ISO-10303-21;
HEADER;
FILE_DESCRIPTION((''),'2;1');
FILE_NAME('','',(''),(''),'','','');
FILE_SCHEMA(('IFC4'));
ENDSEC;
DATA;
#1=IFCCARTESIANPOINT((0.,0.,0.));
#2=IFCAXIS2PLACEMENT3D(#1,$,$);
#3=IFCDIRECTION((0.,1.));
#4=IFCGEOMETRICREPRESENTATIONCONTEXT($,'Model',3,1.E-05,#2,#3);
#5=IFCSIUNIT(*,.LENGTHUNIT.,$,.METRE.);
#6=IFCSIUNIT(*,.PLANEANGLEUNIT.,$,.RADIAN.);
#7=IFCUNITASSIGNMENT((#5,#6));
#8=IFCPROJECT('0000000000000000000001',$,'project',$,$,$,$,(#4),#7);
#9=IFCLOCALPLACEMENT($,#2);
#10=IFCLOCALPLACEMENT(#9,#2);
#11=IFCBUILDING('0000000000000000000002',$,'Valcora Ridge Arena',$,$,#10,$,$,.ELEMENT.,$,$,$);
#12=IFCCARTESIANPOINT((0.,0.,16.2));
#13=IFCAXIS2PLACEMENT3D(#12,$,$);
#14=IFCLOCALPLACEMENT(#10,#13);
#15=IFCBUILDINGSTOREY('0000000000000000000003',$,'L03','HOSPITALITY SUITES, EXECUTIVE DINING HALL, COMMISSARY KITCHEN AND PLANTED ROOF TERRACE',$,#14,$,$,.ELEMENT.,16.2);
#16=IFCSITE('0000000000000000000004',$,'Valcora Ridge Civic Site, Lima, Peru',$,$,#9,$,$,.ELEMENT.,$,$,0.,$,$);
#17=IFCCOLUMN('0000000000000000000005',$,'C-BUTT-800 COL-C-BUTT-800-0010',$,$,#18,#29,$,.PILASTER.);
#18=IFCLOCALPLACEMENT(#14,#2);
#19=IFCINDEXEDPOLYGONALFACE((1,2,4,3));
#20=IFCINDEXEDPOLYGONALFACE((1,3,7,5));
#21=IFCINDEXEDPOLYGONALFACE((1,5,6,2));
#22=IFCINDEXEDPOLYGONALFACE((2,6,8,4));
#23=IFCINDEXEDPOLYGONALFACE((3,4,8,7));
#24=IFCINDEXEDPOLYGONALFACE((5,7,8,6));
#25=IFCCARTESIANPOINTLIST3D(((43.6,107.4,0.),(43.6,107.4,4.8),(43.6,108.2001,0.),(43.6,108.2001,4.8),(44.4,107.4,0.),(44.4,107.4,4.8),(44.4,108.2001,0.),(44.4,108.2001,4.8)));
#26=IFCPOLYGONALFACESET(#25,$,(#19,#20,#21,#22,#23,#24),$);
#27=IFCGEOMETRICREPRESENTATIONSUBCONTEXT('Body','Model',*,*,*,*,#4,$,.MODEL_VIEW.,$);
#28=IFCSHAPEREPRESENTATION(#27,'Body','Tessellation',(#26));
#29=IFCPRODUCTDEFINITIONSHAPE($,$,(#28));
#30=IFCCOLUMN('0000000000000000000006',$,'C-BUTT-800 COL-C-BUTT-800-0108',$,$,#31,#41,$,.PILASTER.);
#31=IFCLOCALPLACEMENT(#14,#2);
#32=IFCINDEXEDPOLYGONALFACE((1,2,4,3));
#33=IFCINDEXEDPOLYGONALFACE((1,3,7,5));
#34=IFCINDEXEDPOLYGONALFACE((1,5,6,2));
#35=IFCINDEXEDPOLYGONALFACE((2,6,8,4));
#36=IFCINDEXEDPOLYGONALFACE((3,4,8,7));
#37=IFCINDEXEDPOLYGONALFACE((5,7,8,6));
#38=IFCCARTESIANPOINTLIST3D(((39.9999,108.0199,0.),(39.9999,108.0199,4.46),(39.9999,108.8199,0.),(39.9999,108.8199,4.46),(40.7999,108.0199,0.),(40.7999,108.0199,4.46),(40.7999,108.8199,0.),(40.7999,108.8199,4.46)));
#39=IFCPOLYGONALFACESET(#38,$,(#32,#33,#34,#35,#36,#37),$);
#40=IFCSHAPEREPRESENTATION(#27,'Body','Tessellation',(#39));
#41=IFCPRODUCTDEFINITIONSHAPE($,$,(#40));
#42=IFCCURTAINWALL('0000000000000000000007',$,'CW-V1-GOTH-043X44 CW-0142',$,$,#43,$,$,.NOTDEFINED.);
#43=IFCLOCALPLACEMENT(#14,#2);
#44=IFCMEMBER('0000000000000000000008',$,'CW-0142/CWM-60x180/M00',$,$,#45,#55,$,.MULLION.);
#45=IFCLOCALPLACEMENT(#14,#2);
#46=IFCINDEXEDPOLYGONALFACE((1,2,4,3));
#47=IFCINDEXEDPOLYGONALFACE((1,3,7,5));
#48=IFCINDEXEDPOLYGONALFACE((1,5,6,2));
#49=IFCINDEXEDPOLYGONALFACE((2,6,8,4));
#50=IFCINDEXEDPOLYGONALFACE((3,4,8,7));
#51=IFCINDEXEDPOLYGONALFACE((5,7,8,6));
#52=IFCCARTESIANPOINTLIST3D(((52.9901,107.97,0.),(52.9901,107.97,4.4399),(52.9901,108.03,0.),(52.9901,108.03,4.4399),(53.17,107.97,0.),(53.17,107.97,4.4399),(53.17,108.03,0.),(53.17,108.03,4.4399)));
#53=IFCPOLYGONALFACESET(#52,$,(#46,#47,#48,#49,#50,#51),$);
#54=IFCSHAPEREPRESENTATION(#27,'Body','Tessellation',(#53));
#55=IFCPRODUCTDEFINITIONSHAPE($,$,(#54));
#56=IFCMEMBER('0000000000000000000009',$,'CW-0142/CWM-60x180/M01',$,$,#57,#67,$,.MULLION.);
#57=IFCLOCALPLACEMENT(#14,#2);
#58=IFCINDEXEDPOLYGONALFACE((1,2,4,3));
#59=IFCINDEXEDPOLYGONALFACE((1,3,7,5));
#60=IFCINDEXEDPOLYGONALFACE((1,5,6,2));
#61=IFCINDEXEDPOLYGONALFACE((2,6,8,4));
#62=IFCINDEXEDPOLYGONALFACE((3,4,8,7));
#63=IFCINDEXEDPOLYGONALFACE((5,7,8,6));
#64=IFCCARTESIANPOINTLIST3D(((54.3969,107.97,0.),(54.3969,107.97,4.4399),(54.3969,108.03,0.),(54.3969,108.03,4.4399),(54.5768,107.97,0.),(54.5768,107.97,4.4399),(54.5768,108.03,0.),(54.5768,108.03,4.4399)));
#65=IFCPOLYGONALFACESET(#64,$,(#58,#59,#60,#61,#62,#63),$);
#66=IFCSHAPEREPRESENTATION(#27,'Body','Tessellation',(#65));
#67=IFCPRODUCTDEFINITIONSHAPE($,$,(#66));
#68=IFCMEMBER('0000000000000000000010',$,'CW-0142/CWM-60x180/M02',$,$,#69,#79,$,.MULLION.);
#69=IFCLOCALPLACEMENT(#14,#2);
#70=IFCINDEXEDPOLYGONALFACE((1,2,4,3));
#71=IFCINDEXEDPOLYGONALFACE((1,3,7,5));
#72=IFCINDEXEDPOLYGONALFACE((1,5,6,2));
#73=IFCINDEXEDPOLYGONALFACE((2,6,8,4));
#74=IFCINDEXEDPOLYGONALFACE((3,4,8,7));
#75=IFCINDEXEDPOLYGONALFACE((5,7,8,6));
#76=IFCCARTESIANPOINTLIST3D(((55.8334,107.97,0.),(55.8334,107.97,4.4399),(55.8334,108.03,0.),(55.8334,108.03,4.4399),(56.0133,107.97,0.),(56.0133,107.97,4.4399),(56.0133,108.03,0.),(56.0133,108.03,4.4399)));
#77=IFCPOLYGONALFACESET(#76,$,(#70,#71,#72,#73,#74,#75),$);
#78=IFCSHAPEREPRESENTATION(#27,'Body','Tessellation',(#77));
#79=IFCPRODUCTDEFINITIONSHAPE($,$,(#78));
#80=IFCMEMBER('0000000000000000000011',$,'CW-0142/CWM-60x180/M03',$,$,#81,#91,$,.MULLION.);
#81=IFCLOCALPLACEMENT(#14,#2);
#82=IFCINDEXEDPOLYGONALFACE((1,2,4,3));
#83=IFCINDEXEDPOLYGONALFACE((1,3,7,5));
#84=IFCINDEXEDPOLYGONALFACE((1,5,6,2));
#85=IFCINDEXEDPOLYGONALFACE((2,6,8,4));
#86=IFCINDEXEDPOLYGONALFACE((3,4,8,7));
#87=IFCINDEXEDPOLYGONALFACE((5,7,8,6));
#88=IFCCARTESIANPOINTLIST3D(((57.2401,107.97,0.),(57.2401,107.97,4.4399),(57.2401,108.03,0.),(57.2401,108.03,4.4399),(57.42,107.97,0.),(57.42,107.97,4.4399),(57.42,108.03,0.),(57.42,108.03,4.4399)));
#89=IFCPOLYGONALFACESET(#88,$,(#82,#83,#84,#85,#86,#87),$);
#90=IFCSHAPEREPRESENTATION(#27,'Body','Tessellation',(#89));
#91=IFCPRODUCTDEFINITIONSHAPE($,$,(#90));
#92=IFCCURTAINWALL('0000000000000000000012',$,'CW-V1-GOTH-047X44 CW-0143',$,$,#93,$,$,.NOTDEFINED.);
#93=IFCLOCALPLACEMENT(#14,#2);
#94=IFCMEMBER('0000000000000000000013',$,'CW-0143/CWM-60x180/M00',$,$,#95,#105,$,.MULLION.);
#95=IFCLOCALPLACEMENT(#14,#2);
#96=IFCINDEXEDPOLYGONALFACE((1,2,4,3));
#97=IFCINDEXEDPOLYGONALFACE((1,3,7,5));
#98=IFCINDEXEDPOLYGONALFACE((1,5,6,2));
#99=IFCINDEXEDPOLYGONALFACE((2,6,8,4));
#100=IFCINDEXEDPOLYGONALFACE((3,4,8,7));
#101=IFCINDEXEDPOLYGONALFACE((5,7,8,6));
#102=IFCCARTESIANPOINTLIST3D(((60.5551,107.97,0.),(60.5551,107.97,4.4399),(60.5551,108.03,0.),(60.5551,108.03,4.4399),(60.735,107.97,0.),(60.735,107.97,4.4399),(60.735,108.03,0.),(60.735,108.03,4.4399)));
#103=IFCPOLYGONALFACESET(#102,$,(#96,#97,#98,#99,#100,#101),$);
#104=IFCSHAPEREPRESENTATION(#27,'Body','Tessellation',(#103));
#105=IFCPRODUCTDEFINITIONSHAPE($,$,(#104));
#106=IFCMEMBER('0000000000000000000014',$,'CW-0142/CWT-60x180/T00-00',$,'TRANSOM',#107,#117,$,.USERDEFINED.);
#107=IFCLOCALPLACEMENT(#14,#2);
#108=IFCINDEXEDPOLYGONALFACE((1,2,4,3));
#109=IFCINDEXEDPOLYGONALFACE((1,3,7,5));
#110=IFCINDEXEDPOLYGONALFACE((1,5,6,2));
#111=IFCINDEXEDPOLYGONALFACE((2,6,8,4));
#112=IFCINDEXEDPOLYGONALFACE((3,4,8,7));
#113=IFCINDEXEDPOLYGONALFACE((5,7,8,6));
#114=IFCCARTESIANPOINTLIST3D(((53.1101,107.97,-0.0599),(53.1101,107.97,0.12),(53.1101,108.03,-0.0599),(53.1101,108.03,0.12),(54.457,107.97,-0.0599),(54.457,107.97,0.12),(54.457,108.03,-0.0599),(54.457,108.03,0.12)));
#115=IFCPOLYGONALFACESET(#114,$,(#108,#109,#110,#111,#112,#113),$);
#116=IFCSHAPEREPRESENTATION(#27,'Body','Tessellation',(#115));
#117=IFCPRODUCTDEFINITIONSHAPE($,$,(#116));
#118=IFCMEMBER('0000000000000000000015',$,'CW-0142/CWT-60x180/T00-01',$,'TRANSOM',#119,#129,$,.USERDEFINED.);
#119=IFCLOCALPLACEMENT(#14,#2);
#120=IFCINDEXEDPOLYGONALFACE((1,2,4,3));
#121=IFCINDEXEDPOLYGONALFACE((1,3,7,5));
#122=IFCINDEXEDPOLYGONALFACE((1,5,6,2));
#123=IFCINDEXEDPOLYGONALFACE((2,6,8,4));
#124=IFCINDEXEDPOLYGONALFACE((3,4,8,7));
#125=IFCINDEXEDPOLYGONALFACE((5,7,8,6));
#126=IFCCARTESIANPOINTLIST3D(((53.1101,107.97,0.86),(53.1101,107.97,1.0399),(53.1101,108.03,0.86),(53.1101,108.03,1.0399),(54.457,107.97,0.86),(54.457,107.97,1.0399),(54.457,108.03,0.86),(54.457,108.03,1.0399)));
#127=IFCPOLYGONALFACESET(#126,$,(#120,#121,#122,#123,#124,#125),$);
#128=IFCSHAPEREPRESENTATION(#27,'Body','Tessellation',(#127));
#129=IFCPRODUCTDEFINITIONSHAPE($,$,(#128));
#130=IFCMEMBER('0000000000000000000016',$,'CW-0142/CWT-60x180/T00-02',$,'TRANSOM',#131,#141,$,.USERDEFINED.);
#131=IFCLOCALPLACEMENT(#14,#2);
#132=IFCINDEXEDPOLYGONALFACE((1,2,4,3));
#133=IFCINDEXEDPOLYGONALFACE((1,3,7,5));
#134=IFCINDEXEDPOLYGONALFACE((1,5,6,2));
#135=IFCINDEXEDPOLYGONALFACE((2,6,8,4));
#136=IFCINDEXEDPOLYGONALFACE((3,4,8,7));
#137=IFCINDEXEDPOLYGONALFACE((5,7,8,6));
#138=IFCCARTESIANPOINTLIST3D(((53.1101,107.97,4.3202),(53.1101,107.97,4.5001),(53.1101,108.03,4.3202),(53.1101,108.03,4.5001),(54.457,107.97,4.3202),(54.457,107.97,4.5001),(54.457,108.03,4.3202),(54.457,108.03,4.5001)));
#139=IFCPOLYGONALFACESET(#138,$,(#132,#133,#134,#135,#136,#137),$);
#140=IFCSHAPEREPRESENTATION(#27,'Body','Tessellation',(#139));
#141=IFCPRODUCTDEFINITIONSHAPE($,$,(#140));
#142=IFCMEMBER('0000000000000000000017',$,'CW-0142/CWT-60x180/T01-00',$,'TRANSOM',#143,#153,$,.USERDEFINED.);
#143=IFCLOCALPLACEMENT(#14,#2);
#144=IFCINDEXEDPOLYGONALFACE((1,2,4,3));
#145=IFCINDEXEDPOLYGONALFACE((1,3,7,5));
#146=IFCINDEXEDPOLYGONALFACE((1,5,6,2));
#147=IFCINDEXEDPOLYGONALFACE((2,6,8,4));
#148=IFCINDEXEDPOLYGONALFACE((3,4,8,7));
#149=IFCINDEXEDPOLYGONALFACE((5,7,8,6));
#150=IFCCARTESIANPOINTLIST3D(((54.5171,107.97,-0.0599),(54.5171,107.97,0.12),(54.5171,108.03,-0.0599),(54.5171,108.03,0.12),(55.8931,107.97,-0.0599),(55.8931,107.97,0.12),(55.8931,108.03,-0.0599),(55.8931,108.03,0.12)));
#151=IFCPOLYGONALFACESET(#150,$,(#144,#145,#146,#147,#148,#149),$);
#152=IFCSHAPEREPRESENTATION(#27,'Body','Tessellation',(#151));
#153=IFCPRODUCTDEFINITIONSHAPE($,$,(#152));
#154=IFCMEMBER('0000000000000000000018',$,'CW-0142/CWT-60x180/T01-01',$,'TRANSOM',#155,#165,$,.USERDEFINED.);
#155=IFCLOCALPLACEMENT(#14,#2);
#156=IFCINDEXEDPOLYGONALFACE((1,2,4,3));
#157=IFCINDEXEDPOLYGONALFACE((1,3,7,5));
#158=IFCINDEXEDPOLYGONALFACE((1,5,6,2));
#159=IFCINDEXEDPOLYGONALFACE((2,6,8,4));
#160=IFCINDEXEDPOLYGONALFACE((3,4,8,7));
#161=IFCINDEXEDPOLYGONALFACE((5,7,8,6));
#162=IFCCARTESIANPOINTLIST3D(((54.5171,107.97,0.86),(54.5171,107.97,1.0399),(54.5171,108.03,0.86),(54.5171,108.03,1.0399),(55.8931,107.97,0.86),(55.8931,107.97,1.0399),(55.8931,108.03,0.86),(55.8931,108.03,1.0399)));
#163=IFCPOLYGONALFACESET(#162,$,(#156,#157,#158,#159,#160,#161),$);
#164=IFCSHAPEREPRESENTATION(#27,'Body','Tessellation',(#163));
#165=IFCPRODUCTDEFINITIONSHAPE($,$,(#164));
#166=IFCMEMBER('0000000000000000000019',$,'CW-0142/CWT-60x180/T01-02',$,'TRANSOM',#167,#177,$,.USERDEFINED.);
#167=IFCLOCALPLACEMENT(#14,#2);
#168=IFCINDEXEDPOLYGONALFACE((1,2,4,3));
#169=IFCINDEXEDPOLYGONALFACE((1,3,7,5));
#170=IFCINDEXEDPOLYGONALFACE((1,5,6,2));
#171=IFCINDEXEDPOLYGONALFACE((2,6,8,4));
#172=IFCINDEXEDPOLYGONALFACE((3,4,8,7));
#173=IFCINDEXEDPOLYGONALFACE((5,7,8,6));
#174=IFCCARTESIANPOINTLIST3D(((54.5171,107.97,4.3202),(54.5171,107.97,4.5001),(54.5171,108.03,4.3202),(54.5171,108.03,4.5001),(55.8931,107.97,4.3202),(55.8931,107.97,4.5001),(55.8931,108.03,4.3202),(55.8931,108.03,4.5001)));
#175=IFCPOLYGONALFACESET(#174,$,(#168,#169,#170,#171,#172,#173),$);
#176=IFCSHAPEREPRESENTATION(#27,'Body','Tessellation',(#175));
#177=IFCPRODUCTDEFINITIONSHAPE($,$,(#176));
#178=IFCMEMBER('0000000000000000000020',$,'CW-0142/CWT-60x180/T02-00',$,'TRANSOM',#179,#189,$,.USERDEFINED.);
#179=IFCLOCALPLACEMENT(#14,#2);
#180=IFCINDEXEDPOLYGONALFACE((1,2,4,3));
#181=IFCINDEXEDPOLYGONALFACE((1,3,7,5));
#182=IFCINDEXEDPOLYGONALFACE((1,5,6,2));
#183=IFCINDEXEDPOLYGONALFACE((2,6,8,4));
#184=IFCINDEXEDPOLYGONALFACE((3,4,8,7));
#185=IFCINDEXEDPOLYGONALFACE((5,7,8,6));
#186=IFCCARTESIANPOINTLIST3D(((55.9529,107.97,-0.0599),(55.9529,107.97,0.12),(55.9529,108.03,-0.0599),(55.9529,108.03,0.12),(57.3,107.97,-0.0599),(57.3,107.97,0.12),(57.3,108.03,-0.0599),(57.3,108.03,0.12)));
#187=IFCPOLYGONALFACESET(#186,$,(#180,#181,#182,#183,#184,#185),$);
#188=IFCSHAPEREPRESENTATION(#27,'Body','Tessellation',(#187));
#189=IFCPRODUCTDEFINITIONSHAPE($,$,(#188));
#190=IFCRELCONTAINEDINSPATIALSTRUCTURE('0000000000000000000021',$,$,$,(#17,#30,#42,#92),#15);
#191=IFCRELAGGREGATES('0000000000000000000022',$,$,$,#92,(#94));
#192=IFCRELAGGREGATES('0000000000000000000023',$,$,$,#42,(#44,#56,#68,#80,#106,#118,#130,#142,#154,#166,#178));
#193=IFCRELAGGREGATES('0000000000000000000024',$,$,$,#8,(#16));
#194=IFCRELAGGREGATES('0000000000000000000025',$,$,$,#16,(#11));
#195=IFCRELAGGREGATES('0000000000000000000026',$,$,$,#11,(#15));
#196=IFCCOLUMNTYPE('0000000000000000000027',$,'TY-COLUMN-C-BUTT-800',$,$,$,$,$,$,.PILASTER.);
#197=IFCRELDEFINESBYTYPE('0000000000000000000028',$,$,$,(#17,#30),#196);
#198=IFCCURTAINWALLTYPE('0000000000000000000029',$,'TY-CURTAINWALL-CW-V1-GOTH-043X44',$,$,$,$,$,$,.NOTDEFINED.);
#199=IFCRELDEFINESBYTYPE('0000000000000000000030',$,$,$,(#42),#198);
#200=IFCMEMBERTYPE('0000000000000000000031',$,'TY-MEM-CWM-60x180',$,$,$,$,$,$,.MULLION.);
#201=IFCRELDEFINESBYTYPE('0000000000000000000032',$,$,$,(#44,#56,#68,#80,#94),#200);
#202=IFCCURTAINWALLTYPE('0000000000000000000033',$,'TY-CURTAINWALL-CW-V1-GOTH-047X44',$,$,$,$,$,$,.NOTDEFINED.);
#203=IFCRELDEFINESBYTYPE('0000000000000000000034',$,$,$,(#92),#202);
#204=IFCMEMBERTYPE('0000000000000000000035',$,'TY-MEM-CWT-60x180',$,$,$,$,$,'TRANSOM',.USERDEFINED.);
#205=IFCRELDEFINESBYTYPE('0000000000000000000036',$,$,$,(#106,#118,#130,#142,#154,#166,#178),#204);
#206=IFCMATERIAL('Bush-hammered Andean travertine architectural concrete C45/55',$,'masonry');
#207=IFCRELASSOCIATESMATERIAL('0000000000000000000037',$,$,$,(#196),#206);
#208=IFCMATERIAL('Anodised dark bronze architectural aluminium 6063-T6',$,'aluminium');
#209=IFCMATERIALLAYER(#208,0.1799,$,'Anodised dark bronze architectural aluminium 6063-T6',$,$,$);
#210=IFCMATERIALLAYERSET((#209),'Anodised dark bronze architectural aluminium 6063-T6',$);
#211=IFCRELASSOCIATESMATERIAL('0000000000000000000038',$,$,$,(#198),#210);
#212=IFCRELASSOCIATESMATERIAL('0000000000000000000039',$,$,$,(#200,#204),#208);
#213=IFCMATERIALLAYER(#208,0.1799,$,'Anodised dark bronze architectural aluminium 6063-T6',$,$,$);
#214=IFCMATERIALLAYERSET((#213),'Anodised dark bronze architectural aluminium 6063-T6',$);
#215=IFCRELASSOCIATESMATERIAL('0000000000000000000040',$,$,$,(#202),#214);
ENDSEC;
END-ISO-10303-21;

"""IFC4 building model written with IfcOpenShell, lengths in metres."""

from ifc_helpers import new_model, si_unit, direction, frame, origin, origin_2d, place, context, subcontext, project, spatial, rectangle, extrude, material, layer, layer_set, material_profile, profile_set, type_object, element, aggregate, save


model = new_model("IFC4")

# Units and contexts
model_context = context("Model", 3, precision=1e-05, world=origin(), true_north=direction((0.0, 1.0)))
body_context = subcontext(model_context, "Body", "Model", "MODEL_VIEW")
ifc_project = project(units=[si_unit("LENGTHUNIT", "METRE"), si_unit("PLANEANGLEUNIT", "RADIAN")], contexts=[model_context])

# Site, building, storey
site_placement = place(None, origin())
site = spatial("IfcSite", under=ifc_project, at=site_placement, Name="Valcora Ridge Civic Site, Lima, Peru", CompositionType="ELEMENT", RefElevation=0.0)
building_placement = place(site_placement, origin())
building = spatial("IfcBuilding", under=site, at=building_placement, Name="Valcora Ridge Arena", CompositionType="ELEMENT")
storey_placement = place(building_placement, frame((0.0, 0.0, 16.2)))
storey = spatial("IfcBuildingStorey", under=building, at=storey_placement, Name="L03", Description="HOSPITALITY SUITES, EXECUTIVE DINING HALL, COMMISSARY KITCHEN AND PLANTED ROOF TERRACE", CompositionType="ELEMENT", Elevation=16.2)

# Columns
ifc_material_1 = material(Name="Bush-hammered Andean travertine architectural concrete C45/55", Category="masonry")
ifc_material_profile_1 = material_profile(ifc_material_1, rectangle(XDim=0.8, YDim=0.8, at=origin_2d()), Name="RC 800x800")
ifc_profile_set_1 = profile_set([ifc_material_profile_1], Name="Bush-hammered Andean travertine architectural concrete C45/55")
column_type = type_object("IfcColumnType", Name="TY-COLUMN-C-BUTT-800", PredefinedType="PILASTER", material=ifc_profile_set_1)
column_1_placement = place(storey_placement, frame((44.0, 107.8, 0.0), z_axis=(0.0, 0.0, 1.0), x_axis=(1.0, 0.0, 0.0)))
element("IfcColumn", 1, at=column_1_placement, inside=storey, type_object=column_type, Name="C-BUTT-800 COL-C-BUTT-800-0010", PredefinedType="PILASTER", context=body_context, shape_type="SweptSolid", body=[
    extrude(rectangle(XDim=0.8, YDim=0.8, at=origin_2d()), origin(), (0.0, 0.0, 1.0), 4.8),
])
column_2_placement = place(storey_placement, frame((40.3999, 108.4199, 0.0), z_axis=(0.0, 0.0, 1.0), x_axis=(1.0, 0.0, 0.0)))
element("IfcColumn", 2, at=column_2_placement, inside=storey, type_object=column_type, Name="C-BUTT-800 COL-C-BUTT-800-0108", PredefinedType="PILASTER", context=body_context, shape_type="SweptSolid", body=[
    extrude(rectangle(XDim=0.8, YDim=0.8, at=origin_2d()), origin(), (0.0, 0.0, 1.0), 4.46),
])

# Curtain wall, members
ifc_material_2 = material(Name="Anodised dark bronze architectural aluminium 6063-T6", Category="aluminium")
ifc_layer_1 = layer(ifc_material_2, 0.1799, Name="Anodised dark bronze architectural aluminium 6063-T6")
ifc_layer_set_1 = layer_set([ifc_layer_1], Name="Anodised dark bronze architectural aluminium 6063-T6")
curtain_wall_type_1 = type_object("IfcCurtainWallType", Name="TY-CURTAINWALL-CW-V1-GOTH-043X44", PredefinedType="NOTDEFINED", material=ifc_layer_set_1)
curtain_wall_1_placement = place(storey_placement, origin())
curtain_wall_1 = element("IfcCurtainWall", 3, at=curtain_wall_1_placement, inside=storey, type_object=curtain_wall_type_1, Name="CW-V1-GOTH-043X44 CW-0142", PredefinedType="NOTDEFINED")
ifc_material_profile_2 = material_profile(ifc_material_2, rectangle(XDim=0.0601, YDim=0.1799, at=origin_2d()), Name="ALU MULLION 60x180")
ifc_profile_set_2 = profile_set([ifc_material_profile_2], Name="Anodised dark bronze architectural aluminium 6063-T6")
member_type_1 = type_object("IfcMemberType", Name="TY-MEM-CWM-60x180", PredefinedType="MULLION", material=ifc_profile_set_2)
member_1_placement = place(storey_placement, frame((53.0801, 108.0, 0.0), z_axis=(0.0, 0.0, 1.0), x_axis=(0.0, 1.0, 0.0)))
member_1 = element("IfcMember", 4, at=member_1_placement, type_object=member_type_1, Name="CW-0142/CWM-60x180/M00", PredefinedType="MULLION", context=body_context, shape_type="SweptSolid", body=[
    extrude(rectangle(XDim=0.0601, YDim=0.1799, at=origin_2d()), origin(), (0.0, 0.0, 1.0), 4.4399),
])
member_2_placement = place(storey_placement, frame((54.4868, 108.0, 0.0), z_axis=(0.0, 0.0, 1.0), x_axis=(0.0, 1.0, 0.0)))
member_2 = element("IfcMember", 5, at=member_2_placement, type_object=member_type_1, Name="CW-0142/CWM-60x180/M01", PredefinedType="MULLION", context=body_context, shape_type="SweptSolid", body=[
    extrude(rectangle(XDim=0.0601, YDim=0.1799, at=origin_2d()), origin(), (0.0, 0.0, 1.0), 4.4399),
])
member_3_placement = place(storey_placement, frame((55.9233, 108.0, 0.0), z_axis=(0.0, 0.0, 1.0), x_axis=(0.0, 1.0, 0.0)))
member_3 = element("IfcMember", 6, at=member_3_placement, type_object=member_type_1, Name="CW-0142/CWM-60x180/M02", PredefinedType="MULLION", context=body_context, shape_type="SweptSolid", body=[
    extrude(rectangle(XDim=0.0601, YDim=0.1799, at=origin_2d()), origin(), (0.0, 0.0, 1.0), 4.4399),
])
member_4_placement = place(storey_placement, frame((57.3301, 108.0, 0.0), z_axis=(0.0, 0.0, 1.0), x_axis=(0.0, 1.0, 0.0)))
member_4 = element("IfcMember", 7, at=member_4_placement, type_object=member_type_1, Name="CW-0142/CWM-60x180/M03", PredefinedType="MULLION", context=body_context, shape_type="SweptSolid", body=[
    extrude(rectangle(XDim=0.0601, YDim=0.1799, at=origin_2d()), origin(), (0.0, 0.0, 1.0), 4.4399),
])

# Curtain wall, member
ifc_layer_2 = layer(ifc_material_2, 0.1799, Name="Anodised dark bronze architectural aluminium 6063-T6")
ifc_layer_set_2 = layer_set([ifc_layer_2], Name="Anodised dark bronze architectural aluminium 6063-T6")
curtain_wall_type_2 = type_object("IfcCurtainWallType", Name="TY-CURTAINWALL-CW-V1-GOTH-047X44", PredefinedType="NOTDEFINED", material=ifc_layer_set_2)
curtain_wall_2_placement = place(storey_placement, origin())
curtain_wall_2 = element("IfcCurtainWall", 8, at=curtain_wall_2_placement, inside=storey, type_object=curtain_wall_type_2, Name="CW-V1-GOTH-047X44 CW-0143", PredefinedType="NOTDEFINED")
member_5_placement = place(storey_placement, frame((60.645, 108.0, 0.0), z_axis=(0.0, 0.0, 1.0), x_axis=(0.0, 1.0, 0.0)))
member_5 = element("IfcMember", 9, at=member_5_placement, type_object=member_type_1, Name="CW-0143/CWM-60x180/M00", PredefinedType="MULLION", context=body_context, shape_type="SweptSolid", body=[
    extrude(rectangle(XDim=0.0601, YDim=0.1799, at=origin_2d()), origin(), (0.0, 0.0, 1.0), 4.4399),
])

# Members
ifc_material_profile_3 = material_profile(ifc_material_2, rectangle(XDim=0.0601, YDim=0.1799, at=origin_2d()), Name="ALU TRANSOM 60x180")
ifc_profile_set_3 = profile_set([ifc_material_profile_3], Name="Anodised dark bronze architectural aluminium 6063-T6")
member_type_2 = type_object("IfcMemberType", Name="TY-MEM-CWT-60x180", ElementType="TRANSOM", PredefinedType="USERDEFINED", material=ifc_profile_set_3)
member_6_placement = place(storey_placement, frame((53.1101, 108.0, 0.03), z_axis=(1.0, 0.0, 0.0), x_axis=(0.0, 1.0, 0.0)))
member_6 = element("IfcMember", 10, at=member_6_placement, type_object=member_type_2, Name="CW-0142/CWT-60x180/T00-00", ObjectType="TRANSOM", PredefinedType="USERDEFINED", context=body_context, shape_type="SweptSolid", body=[
    extrude(rectangle(XDim=0.0601, YDim=0.1799, at=origin_2d()), origin(), (0.0, 0.0, 1.0), 1.3469),
])
member_7_placement = place(storey_placement, frame((53.1101, 108.0, 0.95), z_axis=(1.0, 0.0, 0.0), x_axis=(0.0, 1.0, 0.0)))
member_7 = element("IfcMember", 11, at=member_7_placement, type_object=member_type_2, Name="CW-0142/CWT-60x180/T00-01", ObjectType="TRANSOM", PredefinedType="USERDEFINED", context=body_context, shape_type="SweptSolid", body=[
    extrude(rectangle(XDim=0.0601, YDim=0.1799, at=origin_2d()), origin(), (0.0, 0.0, 1.0), 1.3469),
])
member_8_placement = place(storey_placement, frame((53.1101, 108.0, 4.4102), z_axis=(1.0, 0.0, 0.0), x_axis=(0.0, 1.0, 0.0)))
member_8 = element("IfcMember", 12, at=member_8_placement, type_object=member_type_2, Name="CW-0142/CWT-60x180/T00-02", ObjectType="TRANSOM", PredefinedType="USERDEFINED", context=body_context, shape_type="SweptSolid", body=[
    extrude(rectangle(XDim=0.0601, YDim=0.1799, at=origin_2d()), origin(), (0.0, 0.0, 1.0), 1.3469),
])
member_9_placement = place(storey_placement, frame((54.5171, 108.0, 0.03), z_axis=(1.0, 0.0, 0.0), x_axis=(0.0, 1.0, 0.0)))
member_9 = element("IfcMember", 13, at=member_9_placement, type_object=member_type_2, Name="CW-0142/CWT-60x180/T01-00", ObjectType="TRANSOM", PredefinedType="USERDEFINED", context=body_context, shape_type="SweptSolid", body=[
    extrude(rectangle(XDim=0.0601, YDim=0.1799, at=origin_2d()), origin(), (0.0, 0.0, 1.0), 1.376),
])
member_10_placement = place(storey_placement, frame((54.5171, 108.0, 0.95), z_axis=(1.0, 0.0, 0.0), x_axis=(0.0, 1.0, 0.0)))
member_10 = element("IfcMember", 14, at=member_10_placement, type_object=member_type_2, Name="CW-0142/CWT-60x180/T01-01", ObjectType="TRANSOM", PredefinedType="USERDEFINED", context=body_context, shape_type="SweptSolid", body=[
    extrude(rectangle(XDim=0.0601, YDim=0.1799, at=origin_2d()), origin(), (0.0, 0.0, 1.0), 1.376),
])
member_11_placement = place(storey_placement, frame((54.5171, 108.0, 4.4102), z_axis=(1.0, 0.0, 0.0), x_axis=(0.0, 1.0, 0.0)))
member_11 = element("IfcMember", 15, at=member_11_placement, type_object=member_type_2, Name="CW-0142/CWT-60x180/T01-02", ObjectType="TRANSOM", PredefinedType="USERDEFINED", context=body_context, shape_type="SweptSolid", body=[
    extrude(rectangle(XDim=0.0601, YDim=0.1799, at=origin_2d()), origin(), (0.0, 0.0, 1.0), 1.376),
])
member_12_placement = place(storey_placement, frame((55.9529, 108.0, 0.03), z_axis=(1.0, 0.0, 0.0), x_axis=(0.0, 1.0, 0.0)))
member_12 = element("IfcMember", 16, at=member_12_placement, type_object=member_type_2, Name="CW-0142/CWT-60x180/T02-00", ObjectType="TRANSOM", PredefinedType="USERDEFINED", context=body_context, shape_type="SweptSolid", body=[
    extrude(rectangle(XDim=0.0601, YDim=0.1799, at=origin_2d()), origin(), (0.0, 0.0, 1.0), 1.3472),
])
aggregate(curtain_wall_2, [member_5])

aggregate(curtain_wall_1, [member_1, member_2, member_3, member_4, member_6, member_7, member_8, member_9, member_10, member_11, member_12])

save(model, "model.ifc")
